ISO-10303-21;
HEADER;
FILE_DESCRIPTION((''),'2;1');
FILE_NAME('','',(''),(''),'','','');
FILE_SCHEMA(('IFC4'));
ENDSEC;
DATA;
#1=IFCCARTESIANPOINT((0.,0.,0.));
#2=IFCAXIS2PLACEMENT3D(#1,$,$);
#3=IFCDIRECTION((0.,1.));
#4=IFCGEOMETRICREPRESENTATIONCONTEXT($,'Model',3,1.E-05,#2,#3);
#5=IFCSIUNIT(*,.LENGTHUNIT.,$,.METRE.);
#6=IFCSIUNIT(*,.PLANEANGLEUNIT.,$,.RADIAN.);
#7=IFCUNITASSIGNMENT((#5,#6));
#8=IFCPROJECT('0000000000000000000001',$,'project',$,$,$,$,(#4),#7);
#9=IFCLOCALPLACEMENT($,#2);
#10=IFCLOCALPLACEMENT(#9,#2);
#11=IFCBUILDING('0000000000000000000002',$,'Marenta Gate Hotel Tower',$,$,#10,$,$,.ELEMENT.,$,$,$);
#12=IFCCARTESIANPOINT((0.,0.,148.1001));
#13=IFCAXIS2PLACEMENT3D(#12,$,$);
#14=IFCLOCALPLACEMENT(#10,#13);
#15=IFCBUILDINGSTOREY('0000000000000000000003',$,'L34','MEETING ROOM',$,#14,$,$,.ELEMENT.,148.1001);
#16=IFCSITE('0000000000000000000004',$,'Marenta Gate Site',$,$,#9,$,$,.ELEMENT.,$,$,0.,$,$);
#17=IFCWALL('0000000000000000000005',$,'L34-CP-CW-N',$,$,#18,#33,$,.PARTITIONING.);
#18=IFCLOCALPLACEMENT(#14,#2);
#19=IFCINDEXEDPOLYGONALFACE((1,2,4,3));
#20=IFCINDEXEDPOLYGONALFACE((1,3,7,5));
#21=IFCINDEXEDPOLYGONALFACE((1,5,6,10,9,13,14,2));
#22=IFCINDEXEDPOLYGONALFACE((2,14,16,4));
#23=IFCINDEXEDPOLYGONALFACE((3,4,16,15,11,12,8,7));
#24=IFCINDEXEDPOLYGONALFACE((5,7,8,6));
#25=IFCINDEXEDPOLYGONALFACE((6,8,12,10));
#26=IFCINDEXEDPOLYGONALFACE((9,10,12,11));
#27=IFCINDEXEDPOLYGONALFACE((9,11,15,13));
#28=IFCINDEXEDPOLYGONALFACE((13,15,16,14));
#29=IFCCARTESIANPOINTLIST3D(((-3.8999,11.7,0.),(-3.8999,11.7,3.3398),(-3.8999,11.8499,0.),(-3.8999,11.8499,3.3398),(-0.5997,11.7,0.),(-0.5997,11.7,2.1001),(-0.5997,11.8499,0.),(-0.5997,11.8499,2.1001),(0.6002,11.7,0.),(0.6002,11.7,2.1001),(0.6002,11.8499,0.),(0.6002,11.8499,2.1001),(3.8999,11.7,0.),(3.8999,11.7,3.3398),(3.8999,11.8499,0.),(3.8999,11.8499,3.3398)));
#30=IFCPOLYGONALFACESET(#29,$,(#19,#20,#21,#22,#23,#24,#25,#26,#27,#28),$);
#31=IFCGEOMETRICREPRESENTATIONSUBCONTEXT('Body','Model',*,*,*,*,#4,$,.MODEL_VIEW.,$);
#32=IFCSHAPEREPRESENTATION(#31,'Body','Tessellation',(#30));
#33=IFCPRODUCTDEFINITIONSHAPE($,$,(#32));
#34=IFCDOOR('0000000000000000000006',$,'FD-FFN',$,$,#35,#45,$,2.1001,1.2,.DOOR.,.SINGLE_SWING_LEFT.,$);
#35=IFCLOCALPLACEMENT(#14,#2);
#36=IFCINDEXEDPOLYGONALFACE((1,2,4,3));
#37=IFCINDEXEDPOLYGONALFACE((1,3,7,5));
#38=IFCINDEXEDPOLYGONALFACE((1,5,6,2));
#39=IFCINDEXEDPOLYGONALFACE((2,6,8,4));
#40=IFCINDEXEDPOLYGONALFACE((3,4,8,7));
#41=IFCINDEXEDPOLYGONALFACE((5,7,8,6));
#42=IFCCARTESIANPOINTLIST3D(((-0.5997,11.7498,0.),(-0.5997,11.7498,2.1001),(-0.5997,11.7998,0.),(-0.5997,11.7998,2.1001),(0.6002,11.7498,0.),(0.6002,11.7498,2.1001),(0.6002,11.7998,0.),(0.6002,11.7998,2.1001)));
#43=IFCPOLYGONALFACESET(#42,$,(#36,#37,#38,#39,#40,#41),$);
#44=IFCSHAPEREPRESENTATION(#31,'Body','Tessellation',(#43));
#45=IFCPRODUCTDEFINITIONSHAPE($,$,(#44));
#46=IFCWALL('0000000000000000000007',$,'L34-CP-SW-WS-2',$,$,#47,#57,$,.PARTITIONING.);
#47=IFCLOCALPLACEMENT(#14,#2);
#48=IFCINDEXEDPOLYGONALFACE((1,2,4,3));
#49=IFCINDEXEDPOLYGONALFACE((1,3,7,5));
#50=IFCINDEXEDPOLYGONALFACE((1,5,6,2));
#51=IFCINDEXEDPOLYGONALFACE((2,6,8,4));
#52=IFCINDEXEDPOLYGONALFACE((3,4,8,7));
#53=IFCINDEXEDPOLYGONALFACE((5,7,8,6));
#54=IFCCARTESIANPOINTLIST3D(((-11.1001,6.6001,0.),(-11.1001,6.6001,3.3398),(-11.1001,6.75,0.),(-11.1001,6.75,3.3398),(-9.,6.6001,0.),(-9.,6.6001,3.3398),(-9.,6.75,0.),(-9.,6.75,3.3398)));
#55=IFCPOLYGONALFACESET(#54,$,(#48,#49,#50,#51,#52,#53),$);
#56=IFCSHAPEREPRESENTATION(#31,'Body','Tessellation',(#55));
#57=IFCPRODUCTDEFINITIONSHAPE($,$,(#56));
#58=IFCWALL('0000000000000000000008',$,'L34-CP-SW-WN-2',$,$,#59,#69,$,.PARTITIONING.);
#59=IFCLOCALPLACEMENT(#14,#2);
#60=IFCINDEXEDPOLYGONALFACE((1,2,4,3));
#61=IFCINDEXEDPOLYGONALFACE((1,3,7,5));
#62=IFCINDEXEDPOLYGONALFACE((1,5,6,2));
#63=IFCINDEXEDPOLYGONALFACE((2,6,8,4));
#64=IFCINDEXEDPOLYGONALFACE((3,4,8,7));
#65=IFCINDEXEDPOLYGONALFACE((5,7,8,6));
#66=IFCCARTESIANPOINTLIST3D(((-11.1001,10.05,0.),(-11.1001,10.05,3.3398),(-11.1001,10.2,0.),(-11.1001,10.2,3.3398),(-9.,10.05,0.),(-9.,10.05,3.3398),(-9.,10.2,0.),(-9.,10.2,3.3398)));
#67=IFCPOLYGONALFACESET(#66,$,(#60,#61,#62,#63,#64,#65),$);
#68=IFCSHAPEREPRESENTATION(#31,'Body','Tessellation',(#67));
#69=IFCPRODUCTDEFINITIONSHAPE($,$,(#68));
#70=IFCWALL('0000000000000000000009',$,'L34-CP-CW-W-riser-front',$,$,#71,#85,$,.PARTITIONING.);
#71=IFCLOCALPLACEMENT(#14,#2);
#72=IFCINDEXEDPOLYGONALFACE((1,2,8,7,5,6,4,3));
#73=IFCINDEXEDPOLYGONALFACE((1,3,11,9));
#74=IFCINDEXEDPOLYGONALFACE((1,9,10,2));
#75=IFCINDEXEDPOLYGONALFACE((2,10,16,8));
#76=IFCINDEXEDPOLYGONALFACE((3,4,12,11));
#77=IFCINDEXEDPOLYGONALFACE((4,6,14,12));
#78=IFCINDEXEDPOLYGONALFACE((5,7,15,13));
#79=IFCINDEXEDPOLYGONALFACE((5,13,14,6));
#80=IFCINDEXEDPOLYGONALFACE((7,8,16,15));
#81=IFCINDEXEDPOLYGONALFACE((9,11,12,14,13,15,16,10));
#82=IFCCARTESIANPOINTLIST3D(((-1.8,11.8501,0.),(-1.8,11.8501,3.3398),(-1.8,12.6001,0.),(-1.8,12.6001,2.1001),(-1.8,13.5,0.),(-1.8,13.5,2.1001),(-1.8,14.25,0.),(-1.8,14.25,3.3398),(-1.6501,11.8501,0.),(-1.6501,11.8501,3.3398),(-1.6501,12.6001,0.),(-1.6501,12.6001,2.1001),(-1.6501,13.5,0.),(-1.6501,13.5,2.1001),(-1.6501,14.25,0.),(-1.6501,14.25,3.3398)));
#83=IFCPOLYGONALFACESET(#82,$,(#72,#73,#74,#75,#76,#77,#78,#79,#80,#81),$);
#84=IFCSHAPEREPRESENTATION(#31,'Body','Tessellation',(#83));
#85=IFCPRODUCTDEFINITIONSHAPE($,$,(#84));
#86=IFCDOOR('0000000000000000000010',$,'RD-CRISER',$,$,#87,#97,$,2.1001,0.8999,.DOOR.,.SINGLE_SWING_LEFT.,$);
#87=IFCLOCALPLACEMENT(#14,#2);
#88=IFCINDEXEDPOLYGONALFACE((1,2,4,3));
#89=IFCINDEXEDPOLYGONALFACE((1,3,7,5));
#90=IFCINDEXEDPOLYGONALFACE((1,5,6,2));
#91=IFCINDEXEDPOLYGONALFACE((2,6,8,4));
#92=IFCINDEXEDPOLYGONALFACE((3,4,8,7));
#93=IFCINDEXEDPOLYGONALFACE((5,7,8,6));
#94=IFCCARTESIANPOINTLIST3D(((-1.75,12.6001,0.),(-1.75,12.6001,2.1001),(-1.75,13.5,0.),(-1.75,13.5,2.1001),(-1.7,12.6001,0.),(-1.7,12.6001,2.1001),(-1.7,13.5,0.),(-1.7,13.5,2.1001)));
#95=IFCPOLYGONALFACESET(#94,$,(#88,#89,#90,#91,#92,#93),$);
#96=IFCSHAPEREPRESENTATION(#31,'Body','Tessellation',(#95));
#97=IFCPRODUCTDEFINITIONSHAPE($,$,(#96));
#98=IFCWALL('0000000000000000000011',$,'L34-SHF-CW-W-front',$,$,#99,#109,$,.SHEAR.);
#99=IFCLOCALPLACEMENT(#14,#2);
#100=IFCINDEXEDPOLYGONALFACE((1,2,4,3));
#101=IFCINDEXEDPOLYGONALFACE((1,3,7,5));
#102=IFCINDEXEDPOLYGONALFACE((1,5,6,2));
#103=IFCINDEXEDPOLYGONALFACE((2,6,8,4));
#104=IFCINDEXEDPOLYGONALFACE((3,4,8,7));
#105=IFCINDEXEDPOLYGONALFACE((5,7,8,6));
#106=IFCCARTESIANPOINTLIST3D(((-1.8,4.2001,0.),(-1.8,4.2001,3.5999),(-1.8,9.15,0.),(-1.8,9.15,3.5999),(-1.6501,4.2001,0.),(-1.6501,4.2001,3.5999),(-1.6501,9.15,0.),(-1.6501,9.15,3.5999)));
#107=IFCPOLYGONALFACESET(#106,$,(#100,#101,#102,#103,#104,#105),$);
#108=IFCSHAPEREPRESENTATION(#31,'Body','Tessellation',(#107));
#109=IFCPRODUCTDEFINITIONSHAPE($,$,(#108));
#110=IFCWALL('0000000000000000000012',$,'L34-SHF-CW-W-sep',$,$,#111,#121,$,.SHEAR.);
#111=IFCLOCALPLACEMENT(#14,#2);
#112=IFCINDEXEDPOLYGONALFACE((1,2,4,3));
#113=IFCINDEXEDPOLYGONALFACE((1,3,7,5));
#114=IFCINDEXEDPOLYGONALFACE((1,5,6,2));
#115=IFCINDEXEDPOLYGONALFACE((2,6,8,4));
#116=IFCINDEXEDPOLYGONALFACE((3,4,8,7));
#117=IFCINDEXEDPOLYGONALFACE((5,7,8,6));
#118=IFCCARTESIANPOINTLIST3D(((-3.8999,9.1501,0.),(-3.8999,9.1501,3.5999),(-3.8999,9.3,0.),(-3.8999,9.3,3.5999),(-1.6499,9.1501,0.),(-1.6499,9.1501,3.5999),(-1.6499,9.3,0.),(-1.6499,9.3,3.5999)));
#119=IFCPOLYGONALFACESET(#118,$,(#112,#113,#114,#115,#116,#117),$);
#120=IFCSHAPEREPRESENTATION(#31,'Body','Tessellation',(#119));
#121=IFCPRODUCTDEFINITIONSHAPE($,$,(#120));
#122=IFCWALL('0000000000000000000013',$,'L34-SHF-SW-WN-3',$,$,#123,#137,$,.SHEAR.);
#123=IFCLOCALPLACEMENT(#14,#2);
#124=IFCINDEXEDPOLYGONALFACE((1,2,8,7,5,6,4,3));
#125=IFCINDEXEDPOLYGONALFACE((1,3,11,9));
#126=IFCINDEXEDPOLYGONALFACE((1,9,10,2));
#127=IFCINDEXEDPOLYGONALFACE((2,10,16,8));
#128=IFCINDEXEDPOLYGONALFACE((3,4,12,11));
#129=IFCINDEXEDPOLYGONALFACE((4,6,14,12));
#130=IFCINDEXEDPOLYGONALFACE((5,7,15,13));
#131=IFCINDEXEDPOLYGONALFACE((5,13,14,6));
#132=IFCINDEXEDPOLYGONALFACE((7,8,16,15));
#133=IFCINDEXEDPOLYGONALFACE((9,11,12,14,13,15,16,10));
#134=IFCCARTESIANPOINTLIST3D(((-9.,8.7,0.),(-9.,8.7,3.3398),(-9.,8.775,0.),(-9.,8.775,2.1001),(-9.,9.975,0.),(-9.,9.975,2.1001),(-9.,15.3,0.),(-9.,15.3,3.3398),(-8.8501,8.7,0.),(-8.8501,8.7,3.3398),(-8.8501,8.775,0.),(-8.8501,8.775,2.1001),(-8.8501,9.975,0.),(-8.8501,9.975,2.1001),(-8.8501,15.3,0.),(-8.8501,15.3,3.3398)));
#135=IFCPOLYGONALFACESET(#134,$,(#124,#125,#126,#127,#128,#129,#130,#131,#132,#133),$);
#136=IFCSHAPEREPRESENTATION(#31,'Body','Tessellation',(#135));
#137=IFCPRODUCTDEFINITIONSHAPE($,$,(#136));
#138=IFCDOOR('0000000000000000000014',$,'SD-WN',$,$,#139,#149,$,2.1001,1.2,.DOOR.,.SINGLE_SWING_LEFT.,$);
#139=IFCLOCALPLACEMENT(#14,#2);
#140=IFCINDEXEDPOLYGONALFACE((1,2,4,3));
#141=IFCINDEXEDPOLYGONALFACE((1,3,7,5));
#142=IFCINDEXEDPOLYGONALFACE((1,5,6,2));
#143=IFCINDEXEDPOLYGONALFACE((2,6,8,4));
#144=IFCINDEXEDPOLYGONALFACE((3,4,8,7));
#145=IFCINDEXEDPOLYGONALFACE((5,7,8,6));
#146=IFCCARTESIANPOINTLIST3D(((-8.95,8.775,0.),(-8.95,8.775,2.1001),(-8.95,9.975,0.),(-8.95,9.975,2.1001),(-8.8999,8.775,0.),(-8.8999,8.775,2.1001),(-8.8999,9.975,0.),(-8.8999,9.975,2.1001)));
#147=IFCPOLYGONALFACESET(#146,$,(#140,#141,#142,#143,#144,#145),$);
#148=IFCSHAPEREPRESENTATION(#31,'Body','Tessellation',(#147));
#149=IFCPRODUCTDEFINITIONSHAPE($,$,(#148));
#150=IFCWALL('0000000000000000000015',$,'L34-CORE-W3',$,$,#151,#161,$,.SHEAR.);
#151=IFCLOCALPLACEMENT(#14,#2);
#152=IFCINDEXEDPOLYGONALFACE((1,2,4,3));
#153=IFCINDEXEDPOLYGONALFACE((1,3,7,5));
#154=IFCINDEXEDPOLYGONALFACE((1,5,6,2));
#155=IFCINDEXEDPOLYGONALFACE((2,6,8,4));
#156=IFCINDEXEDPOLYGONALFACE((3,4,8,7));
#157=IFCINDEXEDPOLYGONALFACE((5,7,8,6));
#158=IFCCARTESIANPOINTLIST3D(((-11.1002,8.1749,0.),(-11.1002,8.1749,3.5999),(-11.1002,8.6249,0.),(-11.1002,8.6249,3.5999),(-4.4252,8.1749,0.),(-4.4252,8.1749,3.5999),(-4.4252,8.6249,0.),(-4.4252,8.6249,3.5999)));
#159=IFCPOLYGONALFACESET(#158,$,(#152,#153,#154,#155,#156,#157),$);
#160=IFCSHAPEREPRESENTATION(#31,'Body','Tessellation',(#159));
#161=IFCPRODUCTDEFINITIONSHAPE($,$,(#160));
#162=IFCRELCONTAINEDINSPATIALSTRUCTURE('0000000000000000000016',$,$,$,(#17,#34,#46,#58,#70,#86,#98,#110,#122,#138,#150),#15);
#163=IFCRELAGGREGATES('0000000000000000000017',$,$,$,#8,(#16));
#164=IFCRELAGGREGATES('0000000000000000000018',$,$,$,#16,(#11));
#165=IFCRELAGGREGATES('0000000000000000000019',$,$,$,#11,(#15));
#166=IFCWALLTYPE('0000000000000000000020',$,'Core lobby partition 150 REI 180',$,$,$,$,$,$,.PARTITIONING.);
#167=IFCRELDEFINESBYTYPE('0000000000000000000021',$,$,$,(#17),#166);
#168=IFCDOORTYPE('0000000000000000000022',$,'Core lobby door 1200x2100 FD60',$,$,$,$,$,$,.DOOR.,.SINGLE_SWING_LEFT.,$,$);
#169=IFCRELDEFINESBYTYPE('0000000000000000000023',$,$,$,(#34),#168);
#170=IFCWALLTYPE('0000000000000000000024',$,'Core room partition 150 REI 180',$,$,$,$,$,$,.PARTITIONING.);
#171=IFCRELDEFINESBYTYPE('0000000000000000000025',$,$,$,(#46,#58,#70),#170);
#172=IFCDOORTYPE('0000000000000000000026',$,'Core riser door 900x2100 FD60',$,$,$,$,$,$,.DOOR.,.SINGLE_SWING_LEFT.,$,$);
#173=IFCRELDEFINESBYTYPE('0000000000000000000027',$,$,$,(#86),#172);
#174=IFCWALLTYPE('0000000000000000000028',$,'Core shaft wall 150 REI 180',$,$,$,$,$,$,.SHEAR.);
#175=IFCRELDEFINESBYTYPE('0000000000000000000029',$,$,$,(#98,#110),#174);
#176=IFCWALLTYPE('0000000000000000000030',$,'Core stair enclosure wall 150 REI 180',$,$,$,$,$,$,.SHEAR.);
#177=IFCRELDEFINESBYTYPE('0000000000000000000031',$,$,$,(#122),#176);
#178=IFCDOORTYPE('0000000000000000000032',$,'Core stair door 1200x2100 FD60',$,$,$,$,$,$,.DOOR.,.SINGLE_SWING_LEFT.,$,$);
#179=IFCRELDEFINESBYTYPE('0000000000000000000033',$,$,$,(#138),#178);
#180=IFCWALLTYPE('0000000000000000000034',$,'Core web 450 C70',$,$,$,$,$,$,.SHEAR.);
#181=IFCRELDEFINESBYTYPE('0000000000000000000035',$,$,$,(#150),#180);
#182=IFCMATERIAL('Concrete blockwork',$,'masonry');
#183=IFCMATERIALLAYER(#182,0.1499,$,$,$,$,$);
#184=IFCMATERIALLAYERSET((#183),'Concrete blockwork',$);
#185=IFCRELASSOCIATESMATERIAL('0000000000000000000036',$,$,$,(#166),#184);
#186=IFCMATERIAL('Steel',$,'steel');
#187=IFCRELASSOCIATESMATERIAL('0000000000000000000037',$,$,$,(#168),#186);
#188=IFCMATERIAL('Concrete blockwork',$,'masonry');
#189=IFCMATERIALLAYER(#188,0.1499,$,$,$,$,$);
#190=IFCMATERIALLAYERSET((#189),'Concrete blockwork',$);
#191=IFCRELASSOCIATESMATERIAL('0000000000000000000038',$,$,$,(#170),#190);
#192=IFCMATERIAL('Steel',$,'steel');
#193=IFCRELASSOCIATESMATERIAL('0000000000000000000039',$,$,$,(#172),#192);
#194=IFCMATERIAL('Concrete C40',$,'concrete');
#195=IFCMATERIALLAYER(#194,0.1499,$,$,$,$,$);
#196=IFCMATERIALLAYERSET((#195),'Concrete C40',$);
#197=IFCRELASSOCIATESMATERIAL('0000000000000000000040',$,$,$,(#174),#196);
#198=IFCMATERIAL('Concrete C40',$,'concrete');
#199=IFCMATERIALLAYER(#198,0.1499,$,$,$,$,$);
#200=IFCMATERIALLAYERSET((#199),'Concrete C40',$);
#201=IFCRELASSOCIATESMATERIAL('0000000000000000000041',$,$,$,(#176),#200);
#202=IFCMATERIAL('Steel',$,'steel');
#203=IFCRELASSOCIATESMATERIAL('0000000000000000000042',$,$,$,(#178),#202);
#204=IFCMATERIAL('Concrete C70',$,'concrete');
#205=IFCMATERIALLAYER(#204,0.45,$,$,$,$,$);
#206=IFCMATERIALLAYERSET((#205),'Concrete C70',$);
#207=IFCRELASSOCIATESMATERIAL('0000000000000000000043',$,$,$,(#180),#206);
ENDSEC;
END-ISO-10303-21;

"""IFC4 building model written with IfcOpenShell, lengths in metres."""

from ifc_helpers import new_model, si_unit, direction, frame, frame_2d, origin, place, context, subcontext, project, spatial, rectangle, extrude, material, layer, layer_set, type_object, element, fill, save


model = new_model("IFC4")

# Units and contexts
model_context = context("Model", 3, precision=1e-05, world=origin(), true_north=direction((0.0, 1.0)))
body_context = subcontext(model_context, "Body", "Model", "MODEL_VIEW")
ifc_project = project(units=[si_unit("LENGTHUNIT", "METRE"), si_unit("PLANEANGLEUNIT", "RADIAN")], contexts=[model_context])

# Site, building, storey
site_placement = place(None, origin())
site = spatial("IfcSite", under=ifc_project, at=site_placement, Name="Marenta Gate Site", CompositionType="ELEMENT", RefElevation=0.0)
building_placement = place(site_placement, origin())
building = spatial("IfcBuilding", under=site, at=building_placement, Name="Marenta Gate Hotel Tower", CompositionType="ELEMENT")
storey_placement = place(building_placement, frame((0.0, 0.0, 148.1001)))
storey = spatial("IfcBuildingStorey", under=building, at=storey_placement, Name="L34", Description="MEETING ROOM", CompositionType="ELEMENT", Elevation=148.1001)

# Wall, opening, door
ifc_material_1 = material(Name="Concrete blockwork", Category="masonry")
ifc_layer_1 = layer(ifc_material_1, 0.1499)
ifc_layer_set_1 = layer_set([ifc_layer_1], Name="Concrete blockwork")
wall_type_1 = type_object("IfcWallType", Name="Core lobby partition 150 REI 180", PredefinedType="PARTITIONING", material=ifc_layer_set_1)
wall_1_placement = place(storey_placement, frame((-3.8999, 11.7749, 0.0), z_axis=(0.0, 0.0, 1.0), x_axis=(1.0, 0.0, 0.0)))
wall_1 = element("IfcWall", 1, at=wall_1_placement, inside=storey, type_object=wall_type_1, Name="L34-CP-CW-N", PredefinedType="PARTITIONING", context=body_context, shape_type="SweptSolid", body=[
    extrude(rectangle(XDim=7.7998, YDim=0.1499, at=frame_2d((3.8999, 0.0))), origin(), (0.0, 0.0, 1.0), 3.3398),
])
opening_1_placement = place(wall_1_placement, frame((3.3, 0.0, 0.0)))
opening_1 = element("IfcOpeningElement", 2, at=opening_1_placement, cuts=wall_1, PredefinedType="OPENING", context=body_context, shape_type="SweptSolid", body=[
    extrude(rectangle(XDim=1.2, YDim=2.1001, at=frame_2d((0.6001, 1.05))), frame((0.0, 0.075, 0.0), z_axis=(0.0, -1.0, 0.0), x_axis=(1.0, 0.0, 0.0)), (0.0, 0.0, 1.0), 0.1499),
])
ifc_material_2 = material(Name="Steel", Category="steel")
door_type_1 = type_object("IfcDoorType", Name="Core lobby door 1200x2100 FD60", OperationType="SINGLE_SWING_LEFT", PredefinedType="DOOR", material=ifc_material_2)
door_1_placement = place(opening_1_placement, origin())
door_1 = element("IfcDoor", 3, at=door_1_placement, inside=storey, type_object=door_type_1, Name="FD-FFN", OperationType="SINGLE_SWING_LEFT", OverallHeight=2.1001, OverallWidth=1.2, PredefinedType="DOOR", context=body_context, shape_type="SweptSolid", body=[
    extrude(rectangle(XDim=1.2, YDim=2.1001, at=frame_2d((0.6001, 1.05))), frame((0.0, 0.0249, 0.0), z_axis=(0.0, -1.0, 0.0), x_axis=(1.0, 0.0, 0.0)), (0.0, 0.0, 1.0), 0.05),
])
fill(opening_1, door_1)

# Walls
ifc_material_3 = material(Name="Concrete blockwork", Category="masonry")
ifc_layer_2 = layer(ifc_material_3, 0.1499)
ifc_layer_set_2 = layer_set([ifc_layer_2], Name="Concrete blockwork")
wall_type_2 = type_object("IfcWallType", Name="Core room partition 150 REI 180", PredefinedType="PARTITIONING", material=ifc_layer_set_2)
for number, where, z_axis, x_axis, name in (
    (4, (-11.1001, 6.675, 0.0), (0.0, 0.0, 1.0), (1.0, 0.0, 0.0), "L34-CP-SW-WS-2"),
    (5, (-11.1001, 10.125, 0.0), (0.0, 0.0, 1.0), (1.0, 0.0, 0.0), "L34-CP-SW-WN-2"),
):
    element("IfcWall", number, at=place(storey_placement, frame(where, z_axis=z_axis, x_axis=x_axis)), inside=storey, type_object=wall_type_2, Name=name, PredefinedType="PARTITIONING", context=body_context, shape_type="SweptSolid", body=[
        extrude(rectangle(XDim=2.1001, YDim=0.1499, at=frame_2d((1.05, 0.0))), origin(), (0.0, 0.0, 1.0), 3.3398),
    ])

# Wall, opening, door
wall_2_placement = place(storey_placement, frame((-1.7251, 11.8501, 0.0), z_axis=(0.0, 0.0, 1.0), x_axis=(0.0, 1.0, 0.0)))
wall_2 = element("IfcWall", 6, at=wall_2_placement, inside=storey, type_object=wall_type_2, Name="L34-CP-CW-W-riser-front", PredefinedType="PARTITIONING", context=body_context, shape_type="SweptSolid", body=[
    extrude(rectangle(XDim=2.3999, YDim=0.1499, at=frame_2d((1.2, 0.0))), origin(), (0.0, 0.0, 1.0), 3.3398),
])
opening_2_placement = place(wall_2_placement, frame((0.75, 0.0, 0.0)))
opening_2 = element("IfcOpeningElement", 7, at=opening_2_placement, cuts=wall_2, PredefinedType="OPENING", context=body_context, shape_type="SweptSolid", body=[
    extrude(rectangle(XDim=0.8999, YDim=2.1001, at=frame_2d((0.45, 1.05))), frame((0.0, 0.075, 0.0), z_axis=(0.0, -1.0, 0.0), x_axis=(1.0, 0.0, 0.0)), (0.0, 0.0, 1.0), 0.1499),
])
ifc_material_4 = material(Name="Steel", Category="steel")
door_type_2 = type_object("IfcDoorType", Name="Core riser door 900x2100 FD60", OperationType="SINGLE_SWING_LEFT", PredefinedType="DOOR", material=ifc_material_4)
door_2_placement = place(opening_2_placement, origin())
door_2 = element("IfcDoor", 8, at=door_2_placement, inside=storey, type_object=door_type_2, Name="RD-CRISER", OperationType="SINGLE_SWING_LEFT", OverallHeight=2.1001, OverallWidth=0.8999, PredefinedType="DOOR", context=body_context, shape_type="SweptSolid", body=[
    extrude(rectangle(XDim=0.8999, YDim=2.1001, at=frame_2d((0.45, 1.05))), frame((0.0, 0.0249, 0.0), z_axis=(0.0, -1.0, 0.0), x_axis=(1.0, 0.0, 0.0)), (0.0, 0.0, 1.0), 0.05),
])
fill(opening_2, door_2)

# Walls
ifc_material_5 = material(Name="Concrete C40", Category="concrete")
ifc_layer_3 = layer(ifc_material_5, 0.1499)
ifc_layer_set_3 = layer_set([ifc_layer_3], Name="Concrete C40")
wall_type_3 = type_object("IfcWallType", Name="Core shaft wall 150 REI 180", PredefinedType="SHEAR", material=ifc_layer_set_3)
wall_3_placement = place(storey_placement, frame((-1.7251, 4.2, 0.0), z_axis=(0.0, 0.0, 1.0), x_axis=(0.0, 1.0, 0.0)))
element("IfcWall", 9, at=wall_3_placement, inside=storey, type_object=wall_type_3, Name="L34-SHF-CW-W-front", PredefinedType="SHEAR", context=body_context, shape_type="SweptSolid", body=[
    extrude(rectangle(XDim=4.95, YDim=0.1499, at=frame_2d((2.4751, 0.0))), origin(), (0.0, 0.0, 1.0), 3.5999),
])
wall_4_placement = place(storey_placement, frame((-3.8999, 9.2251, 0.0), z_axis=(0.0, 0.0, 1.0), x_axis=(1.0, 0.0, 0.0)))
element("IfcWall", 10, at=wall_4_placement, inside=storey, type_object=wall_type_3, Name="L34-SHF-CW-W-sep", PredefinedType="SHEAR", context=body_context, shape_type="SweptSolid", body=[
    extrude(rectangle(XDim=2.25, YDim=0.1499, at=frame_2d((1.125, 0.0))), origin(), (0.0, 0.0, 1.0), 3.5999),
])

# Wall, opening, door
ifc_material_6 = material(Name="Concrete C40", Category="concrete")
ifc_layer_4 = layer(ifc_material_6, 0.1499)
ifc_layer_set_4 = layer_set([ifc_layer_4], Name="Concrete C40")
wall_type_4 = type_object("IfcWallType", Name="Core stair enclosure wall 150 REI 180", PredefinedType="SHEAR", material=ifc_layer_set_4)
wall_5_placement = place(storey_placement, frame((-8.925, 8.7, 0.0), z_axis=(0.0, 0.0, 1.0), x_axis=(0.0, 1.0, 0.0)))
wall_5 = element("IfcWall", 11, at=wall_5_placement, inside=storey, type_object=wall_type_4, Name="L34-SHF-SW-WN-3", PredefinedType="SHEAR", context=body_context, shape_type="SweptSolid", body=[
    extrude(rectangle(XDim=6.6001, YDim=0.1499, at=frame_2d((3.3, 0.0))), origin(), (0.0, 0.0, 1.0), 3.3398),
])
opening_3_placement = place(wall_5_placement, frame((0.075, 0.0, 0.0)))
opening_3 = element("IfcOpeningElement", 12, at=opening_3_placement, cuts=wall_5, PredefinedType="OPENING", context=body_context, shape_type="SweptSolid", body=[
    extrude(rectangle(XDim=1.2, YDim=2.1001, at=frame_2d((0.6001, 1.05))), frame((0.0, 0.075, 0.0), z_axis=(0.0, -1.0, 0.0), x_axis=(1.0, 0.0, 0.0)), (0.0, 0.0, 1.0), 0.1499),
])
ifc_material_7 = material(Name="Steel", Category="steel")
door_type_3 = type_object("IfcDoorType", Name="Core stair door 1200x2100 FD60", OperationType="SINGLE_SWING_LEFT", PredefinedType="DOOR", material=ifc_material_7)
door_3_placement = place(opening_3_placement, origin())
door_3 = element("IfcDoor", 13, at=door_3_placement, inside=storey, type_object=door_type_3, Name="SD-WN", OperationType="SINGLE_SWING_LEFT", OverallHeight=2.1001, OverallWidth=1.2, PredefinedType="DOOR", context=body_context, shape_type="SweptSolid", body=[
    extrude(rectangle(XDim=1.2, YDim=2.1001, at=frame_2d((0.6001, 1.05))), frame((0.0, 0.0249, 0.0), z_axis=(0.0, -1.0, 0.0), x_axis=(1.0, 0.0, 0.0)), (0.0, 0.0, 1.0), 0.05),
])
fill(opening_3, door_3)

# Wall
ifc_material_8 = material(Name="Concrete C70", Category="concrete")
ifc_layer_5 = layer(ifc_material_8, 0.45)
ifc_layer_set_5 = layer_set([ifc_layer_5], Name="Concrete C70")
wall_type_5 = type_object("IfcWallType", Name="Core web 450 C70", PredefinedType="SHEAR", material=ifc_layer_set_5)
wall_6_placement = place(storey_placement, frame((-11.1001, 8.3999, 0.0), z_axis=(0.0, 0.0, 1.0), x_axis=(1.0, 0.0, 0.0)))
element("IfcWall", 14, at=wall_6_placement, inside=storey, type_object=wall_type_5, Name="L34-CORE-W3", PredefinedType="SHEAR", context=body_context, shape_type="SweptSolid", body=[
    extrude(rectangle(XDim=6.675, YDim=0.45, at=frame_2d((3.3374, 0.0))), origin(), (0.0, 0.0, 1.0), 3.5999),
])

save(model, "model.ifc")
